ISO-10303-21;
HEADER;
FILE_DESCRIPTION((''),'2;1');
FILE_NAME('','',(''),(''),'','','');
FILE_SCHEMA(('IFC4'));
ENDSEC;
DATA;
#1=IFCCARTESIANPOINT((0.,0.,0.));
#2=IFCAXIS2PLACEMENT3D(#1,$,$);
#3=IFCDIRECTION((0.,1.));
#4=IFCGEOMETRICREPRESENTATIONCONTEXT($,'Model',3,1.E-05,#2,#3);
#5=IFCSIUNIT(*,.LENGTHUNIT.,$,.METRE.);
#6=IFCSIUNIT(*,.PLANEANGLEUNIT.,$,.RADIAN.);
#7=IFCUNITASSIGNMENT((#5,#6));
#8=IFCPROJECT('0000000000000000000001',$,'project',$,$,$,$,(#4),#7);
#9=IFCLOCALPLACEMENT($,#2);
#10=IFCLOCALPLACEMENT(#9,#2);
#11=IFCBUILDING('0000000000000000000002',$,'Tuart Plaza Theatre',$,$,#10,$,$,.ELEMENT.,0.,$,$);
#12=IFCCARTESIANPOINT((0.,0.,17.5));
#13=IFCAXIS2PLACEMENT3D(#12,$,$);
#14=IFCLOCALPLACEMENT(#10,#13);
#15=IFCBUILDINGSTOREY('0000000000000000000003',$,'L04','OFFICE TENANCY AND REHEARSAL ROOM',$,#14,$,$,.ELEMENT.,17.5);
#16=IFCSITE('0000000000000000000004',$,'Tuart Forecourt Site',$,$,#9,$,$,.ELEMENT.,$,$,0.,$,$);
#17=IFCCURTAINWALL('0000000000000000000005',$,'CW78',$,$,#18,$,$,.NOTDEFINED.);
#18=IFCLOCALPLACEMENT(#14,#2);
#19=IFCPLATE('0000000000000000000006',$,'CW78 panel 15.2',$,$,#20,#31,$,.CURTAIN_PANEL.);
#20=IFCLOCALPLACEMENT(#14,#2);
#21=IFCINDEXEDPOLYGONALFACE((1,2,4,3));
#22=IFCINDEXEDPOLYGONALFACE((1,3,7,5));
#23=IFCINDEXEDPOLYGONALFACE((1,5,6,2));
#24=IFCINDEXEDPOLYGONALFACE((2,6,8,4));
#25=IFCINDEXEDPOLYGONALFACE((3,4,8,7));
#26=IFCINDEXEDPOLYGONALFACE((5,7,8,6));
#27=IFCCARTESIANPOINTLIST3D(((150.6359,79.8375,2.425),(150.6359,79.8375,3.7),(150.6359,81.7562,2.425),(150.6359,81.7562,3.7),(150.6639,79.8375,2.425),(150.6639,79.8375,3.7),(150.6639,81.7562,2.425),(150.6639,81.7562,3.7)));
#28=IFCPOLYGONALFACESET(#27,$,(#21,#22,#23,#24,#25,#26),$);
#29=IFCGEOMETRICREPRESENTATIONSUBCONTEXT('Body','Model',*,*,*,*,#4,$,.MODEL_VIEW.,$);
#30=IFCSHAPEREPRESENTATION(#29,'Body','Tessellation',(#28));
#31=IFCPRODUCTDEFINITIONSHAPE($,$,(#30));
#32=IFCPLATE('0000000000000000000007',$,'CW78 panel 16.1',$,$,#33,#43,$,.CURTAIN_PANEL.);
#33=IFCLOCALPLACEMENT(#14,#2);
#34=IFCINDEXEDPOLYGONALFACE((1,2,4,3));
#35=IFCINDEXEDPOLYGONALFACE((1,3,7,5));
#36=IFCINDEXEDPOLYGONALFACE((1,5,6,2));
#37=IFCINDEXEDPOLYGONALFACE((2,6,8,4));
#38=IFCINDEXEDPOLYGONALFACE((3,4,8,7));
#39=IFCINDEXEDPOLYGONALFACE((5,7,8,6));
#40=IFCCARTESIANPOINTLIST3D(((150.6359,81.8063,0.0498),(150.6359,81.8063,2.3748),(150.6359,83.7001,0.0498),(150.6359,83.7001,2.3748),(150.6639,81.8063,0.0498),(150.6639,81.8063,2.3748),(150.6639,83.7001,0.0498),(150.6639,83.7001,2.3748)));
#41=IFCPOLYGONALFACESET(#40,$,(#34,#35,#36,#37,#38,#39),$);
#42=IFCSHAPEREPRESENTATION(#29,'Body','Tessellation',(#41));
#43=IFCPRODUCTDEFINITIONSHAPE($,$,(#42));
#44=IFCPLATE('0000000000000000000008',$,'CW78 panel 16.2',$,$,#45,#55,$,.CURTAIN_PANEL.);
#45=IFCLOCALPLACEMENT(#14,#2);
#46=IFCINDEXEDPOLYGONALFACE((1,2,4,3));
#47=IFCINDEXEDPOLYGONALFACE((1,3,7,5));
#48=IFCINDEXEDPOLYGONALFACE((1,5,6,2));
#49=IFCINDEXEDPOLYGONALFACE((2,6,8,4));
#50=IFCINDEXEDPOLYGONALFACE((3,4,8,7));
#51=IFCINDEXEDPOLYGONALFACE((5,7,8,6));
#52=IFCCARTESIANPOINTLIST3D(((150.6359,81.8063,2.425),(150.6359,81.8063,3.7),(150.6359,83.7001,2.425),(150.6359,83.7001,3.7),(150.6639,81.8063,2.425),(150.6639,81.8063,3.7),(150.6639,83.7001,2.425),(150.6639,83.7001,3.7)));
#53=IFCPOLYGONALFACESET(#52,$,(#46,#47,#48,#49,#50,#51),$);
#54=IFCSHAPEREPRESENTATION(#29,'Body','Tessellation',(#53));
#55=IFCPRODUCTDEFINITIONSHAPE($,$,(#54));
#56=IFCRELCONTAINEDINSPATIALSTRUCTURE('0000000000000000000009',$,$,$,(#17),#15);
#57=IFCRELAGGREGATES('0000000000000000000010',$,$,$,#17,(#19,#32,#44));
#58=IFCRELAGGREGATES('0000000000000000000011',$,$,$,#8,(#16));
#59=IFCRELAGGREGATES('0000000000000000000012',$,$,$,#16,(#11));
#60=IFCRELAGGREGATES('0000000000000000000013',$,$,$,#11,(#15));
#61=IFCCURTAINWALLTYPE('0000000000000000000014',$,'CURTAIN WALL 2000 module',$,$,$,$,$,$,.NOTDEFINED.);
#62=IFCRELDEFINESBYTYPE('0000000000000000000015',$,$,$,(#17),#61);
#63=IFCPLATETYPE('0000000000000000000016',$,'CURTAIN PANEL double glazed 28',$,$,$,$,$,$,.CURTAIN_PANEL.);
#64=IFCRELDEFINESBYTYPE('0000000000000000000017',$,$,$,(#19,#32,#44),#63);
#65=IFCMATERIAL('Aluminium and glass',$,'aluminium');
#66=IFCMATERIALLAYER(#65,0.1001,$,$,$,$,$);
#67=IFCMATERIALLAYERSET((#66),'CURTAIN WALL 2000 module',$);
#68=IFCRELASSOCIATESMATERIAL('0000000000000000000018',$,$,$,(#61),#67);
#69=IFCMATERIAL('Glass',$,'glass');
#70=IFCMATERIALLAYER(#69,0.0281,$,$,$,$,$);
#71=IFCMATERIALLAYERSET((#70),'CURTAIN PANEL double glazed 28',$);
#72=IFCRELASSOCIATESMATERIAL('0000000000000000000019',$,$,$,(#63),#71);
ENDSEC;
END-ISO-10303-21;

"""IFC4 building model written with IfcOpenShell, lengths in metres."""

from ifc_helpers import new_model, si_unit, direction, frame, origin, origin_2d, place, context, subcontext, project, spatial, rectangle, extrude, material, layer, layer_set, type_object, element, aggregate, save


model = new_model("IFC4")

# Units and contexts
model_context = context("Model", 3, precision=1e-05, world=origin(), true_north=direction((0.0, 1.0)))
body_context = subcontext(model_context, "Body", "Model", "MODEL_VIEW")
ifc_project = project(units=[si_unit("LENGTHUNIT", "METRE"), si_unit("PLANEANGLEUNIT", "RADIAN")], contexts=[model_context])

# Site, building, storey
site_placement = place(None, origin())
site = spatial("IfcSite", under=ifc_project, at=site_placement, Name="Tuart Forecourt Site", CompositionType="ELEMENT", RefElevation=0.0)
building_placement = place(site_placement, origin())
building = spatial("IfcBuilding", under=site, at=building_placement, Name="Tuart Plaza Theatre", CompositionType="ELEMENT", ElevationOfRefHeight=0.0)
storey_placement = place(building_placement, frame((0.0, 0.0, 17.5)))
storey = spatial("IfcBuildingStorey", under=building, at=storey_placement, Name="L04", Description="OFFICE TENANCY AND REHEARSAL ROOM", CompositionType="ELEMENT", Elevation=17.5)

# Curtain wall
ifc_material_1 = material(Name="Aluminium and glass", Category="aluminium")
ifc_layer_1 = layer(ifc_material_1, 0.1001)
ifc_layer_set_1 = layer_set([ifc_layer_1], Name="CURTAIN WALL 2000 module")
curtain_wall_type = type_object("IfcCurtainWallType", Name="CURTAIN WALL 2000 module", PredefinedType="NOTDEFINED", material=ifc_layer_set_1)
curtain_wall_1_placement = place(storey_placement, origin())
curtain_wall_1 = element("IfcCurtainWall", 1, at=curtain_wall_1_placement, inside=storey, type_object=curtain_wall_type, Name="CW78", PredefinedType="NOTDEFINED")

# Plates
ifc_material_2 = material(Name="Glass", Category="glass")
ifc_layer_2 = layer(ifc_material_2, 0.0281)
ifc_layer_set_2 = layer_set([ifc_layer_2], Name="CURTAIN PANEL double glazed 28")
plate_type = type_object("IfcPlateType", Name="CURTAIN PANEL double glazed 28", PredefinedType="CURTAIN_PANEL", material=ifc_layer_set_2)
plate_1_placement = place(storey_placement, frame((150.6499, 80.7969, 2.425), z_axis=(0.0, 0.0, 1.0), x_axis=(0.0, 1.0, 0.0)))
plate_1 = element("IfcPlate", 2, at=plate_1_placement, type_object=plate_type, Name="CW78 panel 15.2", PredefinedType="CURTAIN_PANEL", context=body_context, shape_type="SweptSolid", body=[
    extrude(rectangle(XDim=1.9187, YDim=0.0281, at=origin_2d()), origin(), (0.0, 0.0, 1.0), 1.2749),
])
plate_2_placement = place(storey_placement, frame((150.6499, 82.7532, 0.0498), z_axis=(0.0, 0.0, 1.0), x_axis=(0.0, 1.0, 0.0)))
plate_2 = element("IfcPlate", 3, at=plate_2_placement, type_object=plate_type, Name="CW78 panel 16.1", PredefinedType="CURTAIN_PANEL", context=body_context, shape_type="SweptSolid", body=[
    extrude(rectangle(XDim=1.8938, YDim=0.0281, at=origin_2d()), origin(), (0.0, 0.0, 1.0), 2.325),
])
plate_3_placement = place(storey_placement, frame((150.6499, 82.7532, 2.425), z_axis=(0.0, 0.0, 1.0), x_axis=(0.0, 1.0, 0.0)))
plate_3 = element("IfcPlate", 4, at=plate_3_placement, type_object=plate_type, Name="CW78 panel 16.2", PredefinedType="CURTAIN_PANEL", context=body_context, shape_type="SweptSolid", body=[
    extrude(rectangle(XDim=1.8938, YDim=0.0281, at=origin_2d()), origin(), (0.0, 0.0, 1.0), 1.2749),
])
aggregate(curtain_wall_1, [plate_1, plate_2, plate_3])

save(model, "model.ifc")
